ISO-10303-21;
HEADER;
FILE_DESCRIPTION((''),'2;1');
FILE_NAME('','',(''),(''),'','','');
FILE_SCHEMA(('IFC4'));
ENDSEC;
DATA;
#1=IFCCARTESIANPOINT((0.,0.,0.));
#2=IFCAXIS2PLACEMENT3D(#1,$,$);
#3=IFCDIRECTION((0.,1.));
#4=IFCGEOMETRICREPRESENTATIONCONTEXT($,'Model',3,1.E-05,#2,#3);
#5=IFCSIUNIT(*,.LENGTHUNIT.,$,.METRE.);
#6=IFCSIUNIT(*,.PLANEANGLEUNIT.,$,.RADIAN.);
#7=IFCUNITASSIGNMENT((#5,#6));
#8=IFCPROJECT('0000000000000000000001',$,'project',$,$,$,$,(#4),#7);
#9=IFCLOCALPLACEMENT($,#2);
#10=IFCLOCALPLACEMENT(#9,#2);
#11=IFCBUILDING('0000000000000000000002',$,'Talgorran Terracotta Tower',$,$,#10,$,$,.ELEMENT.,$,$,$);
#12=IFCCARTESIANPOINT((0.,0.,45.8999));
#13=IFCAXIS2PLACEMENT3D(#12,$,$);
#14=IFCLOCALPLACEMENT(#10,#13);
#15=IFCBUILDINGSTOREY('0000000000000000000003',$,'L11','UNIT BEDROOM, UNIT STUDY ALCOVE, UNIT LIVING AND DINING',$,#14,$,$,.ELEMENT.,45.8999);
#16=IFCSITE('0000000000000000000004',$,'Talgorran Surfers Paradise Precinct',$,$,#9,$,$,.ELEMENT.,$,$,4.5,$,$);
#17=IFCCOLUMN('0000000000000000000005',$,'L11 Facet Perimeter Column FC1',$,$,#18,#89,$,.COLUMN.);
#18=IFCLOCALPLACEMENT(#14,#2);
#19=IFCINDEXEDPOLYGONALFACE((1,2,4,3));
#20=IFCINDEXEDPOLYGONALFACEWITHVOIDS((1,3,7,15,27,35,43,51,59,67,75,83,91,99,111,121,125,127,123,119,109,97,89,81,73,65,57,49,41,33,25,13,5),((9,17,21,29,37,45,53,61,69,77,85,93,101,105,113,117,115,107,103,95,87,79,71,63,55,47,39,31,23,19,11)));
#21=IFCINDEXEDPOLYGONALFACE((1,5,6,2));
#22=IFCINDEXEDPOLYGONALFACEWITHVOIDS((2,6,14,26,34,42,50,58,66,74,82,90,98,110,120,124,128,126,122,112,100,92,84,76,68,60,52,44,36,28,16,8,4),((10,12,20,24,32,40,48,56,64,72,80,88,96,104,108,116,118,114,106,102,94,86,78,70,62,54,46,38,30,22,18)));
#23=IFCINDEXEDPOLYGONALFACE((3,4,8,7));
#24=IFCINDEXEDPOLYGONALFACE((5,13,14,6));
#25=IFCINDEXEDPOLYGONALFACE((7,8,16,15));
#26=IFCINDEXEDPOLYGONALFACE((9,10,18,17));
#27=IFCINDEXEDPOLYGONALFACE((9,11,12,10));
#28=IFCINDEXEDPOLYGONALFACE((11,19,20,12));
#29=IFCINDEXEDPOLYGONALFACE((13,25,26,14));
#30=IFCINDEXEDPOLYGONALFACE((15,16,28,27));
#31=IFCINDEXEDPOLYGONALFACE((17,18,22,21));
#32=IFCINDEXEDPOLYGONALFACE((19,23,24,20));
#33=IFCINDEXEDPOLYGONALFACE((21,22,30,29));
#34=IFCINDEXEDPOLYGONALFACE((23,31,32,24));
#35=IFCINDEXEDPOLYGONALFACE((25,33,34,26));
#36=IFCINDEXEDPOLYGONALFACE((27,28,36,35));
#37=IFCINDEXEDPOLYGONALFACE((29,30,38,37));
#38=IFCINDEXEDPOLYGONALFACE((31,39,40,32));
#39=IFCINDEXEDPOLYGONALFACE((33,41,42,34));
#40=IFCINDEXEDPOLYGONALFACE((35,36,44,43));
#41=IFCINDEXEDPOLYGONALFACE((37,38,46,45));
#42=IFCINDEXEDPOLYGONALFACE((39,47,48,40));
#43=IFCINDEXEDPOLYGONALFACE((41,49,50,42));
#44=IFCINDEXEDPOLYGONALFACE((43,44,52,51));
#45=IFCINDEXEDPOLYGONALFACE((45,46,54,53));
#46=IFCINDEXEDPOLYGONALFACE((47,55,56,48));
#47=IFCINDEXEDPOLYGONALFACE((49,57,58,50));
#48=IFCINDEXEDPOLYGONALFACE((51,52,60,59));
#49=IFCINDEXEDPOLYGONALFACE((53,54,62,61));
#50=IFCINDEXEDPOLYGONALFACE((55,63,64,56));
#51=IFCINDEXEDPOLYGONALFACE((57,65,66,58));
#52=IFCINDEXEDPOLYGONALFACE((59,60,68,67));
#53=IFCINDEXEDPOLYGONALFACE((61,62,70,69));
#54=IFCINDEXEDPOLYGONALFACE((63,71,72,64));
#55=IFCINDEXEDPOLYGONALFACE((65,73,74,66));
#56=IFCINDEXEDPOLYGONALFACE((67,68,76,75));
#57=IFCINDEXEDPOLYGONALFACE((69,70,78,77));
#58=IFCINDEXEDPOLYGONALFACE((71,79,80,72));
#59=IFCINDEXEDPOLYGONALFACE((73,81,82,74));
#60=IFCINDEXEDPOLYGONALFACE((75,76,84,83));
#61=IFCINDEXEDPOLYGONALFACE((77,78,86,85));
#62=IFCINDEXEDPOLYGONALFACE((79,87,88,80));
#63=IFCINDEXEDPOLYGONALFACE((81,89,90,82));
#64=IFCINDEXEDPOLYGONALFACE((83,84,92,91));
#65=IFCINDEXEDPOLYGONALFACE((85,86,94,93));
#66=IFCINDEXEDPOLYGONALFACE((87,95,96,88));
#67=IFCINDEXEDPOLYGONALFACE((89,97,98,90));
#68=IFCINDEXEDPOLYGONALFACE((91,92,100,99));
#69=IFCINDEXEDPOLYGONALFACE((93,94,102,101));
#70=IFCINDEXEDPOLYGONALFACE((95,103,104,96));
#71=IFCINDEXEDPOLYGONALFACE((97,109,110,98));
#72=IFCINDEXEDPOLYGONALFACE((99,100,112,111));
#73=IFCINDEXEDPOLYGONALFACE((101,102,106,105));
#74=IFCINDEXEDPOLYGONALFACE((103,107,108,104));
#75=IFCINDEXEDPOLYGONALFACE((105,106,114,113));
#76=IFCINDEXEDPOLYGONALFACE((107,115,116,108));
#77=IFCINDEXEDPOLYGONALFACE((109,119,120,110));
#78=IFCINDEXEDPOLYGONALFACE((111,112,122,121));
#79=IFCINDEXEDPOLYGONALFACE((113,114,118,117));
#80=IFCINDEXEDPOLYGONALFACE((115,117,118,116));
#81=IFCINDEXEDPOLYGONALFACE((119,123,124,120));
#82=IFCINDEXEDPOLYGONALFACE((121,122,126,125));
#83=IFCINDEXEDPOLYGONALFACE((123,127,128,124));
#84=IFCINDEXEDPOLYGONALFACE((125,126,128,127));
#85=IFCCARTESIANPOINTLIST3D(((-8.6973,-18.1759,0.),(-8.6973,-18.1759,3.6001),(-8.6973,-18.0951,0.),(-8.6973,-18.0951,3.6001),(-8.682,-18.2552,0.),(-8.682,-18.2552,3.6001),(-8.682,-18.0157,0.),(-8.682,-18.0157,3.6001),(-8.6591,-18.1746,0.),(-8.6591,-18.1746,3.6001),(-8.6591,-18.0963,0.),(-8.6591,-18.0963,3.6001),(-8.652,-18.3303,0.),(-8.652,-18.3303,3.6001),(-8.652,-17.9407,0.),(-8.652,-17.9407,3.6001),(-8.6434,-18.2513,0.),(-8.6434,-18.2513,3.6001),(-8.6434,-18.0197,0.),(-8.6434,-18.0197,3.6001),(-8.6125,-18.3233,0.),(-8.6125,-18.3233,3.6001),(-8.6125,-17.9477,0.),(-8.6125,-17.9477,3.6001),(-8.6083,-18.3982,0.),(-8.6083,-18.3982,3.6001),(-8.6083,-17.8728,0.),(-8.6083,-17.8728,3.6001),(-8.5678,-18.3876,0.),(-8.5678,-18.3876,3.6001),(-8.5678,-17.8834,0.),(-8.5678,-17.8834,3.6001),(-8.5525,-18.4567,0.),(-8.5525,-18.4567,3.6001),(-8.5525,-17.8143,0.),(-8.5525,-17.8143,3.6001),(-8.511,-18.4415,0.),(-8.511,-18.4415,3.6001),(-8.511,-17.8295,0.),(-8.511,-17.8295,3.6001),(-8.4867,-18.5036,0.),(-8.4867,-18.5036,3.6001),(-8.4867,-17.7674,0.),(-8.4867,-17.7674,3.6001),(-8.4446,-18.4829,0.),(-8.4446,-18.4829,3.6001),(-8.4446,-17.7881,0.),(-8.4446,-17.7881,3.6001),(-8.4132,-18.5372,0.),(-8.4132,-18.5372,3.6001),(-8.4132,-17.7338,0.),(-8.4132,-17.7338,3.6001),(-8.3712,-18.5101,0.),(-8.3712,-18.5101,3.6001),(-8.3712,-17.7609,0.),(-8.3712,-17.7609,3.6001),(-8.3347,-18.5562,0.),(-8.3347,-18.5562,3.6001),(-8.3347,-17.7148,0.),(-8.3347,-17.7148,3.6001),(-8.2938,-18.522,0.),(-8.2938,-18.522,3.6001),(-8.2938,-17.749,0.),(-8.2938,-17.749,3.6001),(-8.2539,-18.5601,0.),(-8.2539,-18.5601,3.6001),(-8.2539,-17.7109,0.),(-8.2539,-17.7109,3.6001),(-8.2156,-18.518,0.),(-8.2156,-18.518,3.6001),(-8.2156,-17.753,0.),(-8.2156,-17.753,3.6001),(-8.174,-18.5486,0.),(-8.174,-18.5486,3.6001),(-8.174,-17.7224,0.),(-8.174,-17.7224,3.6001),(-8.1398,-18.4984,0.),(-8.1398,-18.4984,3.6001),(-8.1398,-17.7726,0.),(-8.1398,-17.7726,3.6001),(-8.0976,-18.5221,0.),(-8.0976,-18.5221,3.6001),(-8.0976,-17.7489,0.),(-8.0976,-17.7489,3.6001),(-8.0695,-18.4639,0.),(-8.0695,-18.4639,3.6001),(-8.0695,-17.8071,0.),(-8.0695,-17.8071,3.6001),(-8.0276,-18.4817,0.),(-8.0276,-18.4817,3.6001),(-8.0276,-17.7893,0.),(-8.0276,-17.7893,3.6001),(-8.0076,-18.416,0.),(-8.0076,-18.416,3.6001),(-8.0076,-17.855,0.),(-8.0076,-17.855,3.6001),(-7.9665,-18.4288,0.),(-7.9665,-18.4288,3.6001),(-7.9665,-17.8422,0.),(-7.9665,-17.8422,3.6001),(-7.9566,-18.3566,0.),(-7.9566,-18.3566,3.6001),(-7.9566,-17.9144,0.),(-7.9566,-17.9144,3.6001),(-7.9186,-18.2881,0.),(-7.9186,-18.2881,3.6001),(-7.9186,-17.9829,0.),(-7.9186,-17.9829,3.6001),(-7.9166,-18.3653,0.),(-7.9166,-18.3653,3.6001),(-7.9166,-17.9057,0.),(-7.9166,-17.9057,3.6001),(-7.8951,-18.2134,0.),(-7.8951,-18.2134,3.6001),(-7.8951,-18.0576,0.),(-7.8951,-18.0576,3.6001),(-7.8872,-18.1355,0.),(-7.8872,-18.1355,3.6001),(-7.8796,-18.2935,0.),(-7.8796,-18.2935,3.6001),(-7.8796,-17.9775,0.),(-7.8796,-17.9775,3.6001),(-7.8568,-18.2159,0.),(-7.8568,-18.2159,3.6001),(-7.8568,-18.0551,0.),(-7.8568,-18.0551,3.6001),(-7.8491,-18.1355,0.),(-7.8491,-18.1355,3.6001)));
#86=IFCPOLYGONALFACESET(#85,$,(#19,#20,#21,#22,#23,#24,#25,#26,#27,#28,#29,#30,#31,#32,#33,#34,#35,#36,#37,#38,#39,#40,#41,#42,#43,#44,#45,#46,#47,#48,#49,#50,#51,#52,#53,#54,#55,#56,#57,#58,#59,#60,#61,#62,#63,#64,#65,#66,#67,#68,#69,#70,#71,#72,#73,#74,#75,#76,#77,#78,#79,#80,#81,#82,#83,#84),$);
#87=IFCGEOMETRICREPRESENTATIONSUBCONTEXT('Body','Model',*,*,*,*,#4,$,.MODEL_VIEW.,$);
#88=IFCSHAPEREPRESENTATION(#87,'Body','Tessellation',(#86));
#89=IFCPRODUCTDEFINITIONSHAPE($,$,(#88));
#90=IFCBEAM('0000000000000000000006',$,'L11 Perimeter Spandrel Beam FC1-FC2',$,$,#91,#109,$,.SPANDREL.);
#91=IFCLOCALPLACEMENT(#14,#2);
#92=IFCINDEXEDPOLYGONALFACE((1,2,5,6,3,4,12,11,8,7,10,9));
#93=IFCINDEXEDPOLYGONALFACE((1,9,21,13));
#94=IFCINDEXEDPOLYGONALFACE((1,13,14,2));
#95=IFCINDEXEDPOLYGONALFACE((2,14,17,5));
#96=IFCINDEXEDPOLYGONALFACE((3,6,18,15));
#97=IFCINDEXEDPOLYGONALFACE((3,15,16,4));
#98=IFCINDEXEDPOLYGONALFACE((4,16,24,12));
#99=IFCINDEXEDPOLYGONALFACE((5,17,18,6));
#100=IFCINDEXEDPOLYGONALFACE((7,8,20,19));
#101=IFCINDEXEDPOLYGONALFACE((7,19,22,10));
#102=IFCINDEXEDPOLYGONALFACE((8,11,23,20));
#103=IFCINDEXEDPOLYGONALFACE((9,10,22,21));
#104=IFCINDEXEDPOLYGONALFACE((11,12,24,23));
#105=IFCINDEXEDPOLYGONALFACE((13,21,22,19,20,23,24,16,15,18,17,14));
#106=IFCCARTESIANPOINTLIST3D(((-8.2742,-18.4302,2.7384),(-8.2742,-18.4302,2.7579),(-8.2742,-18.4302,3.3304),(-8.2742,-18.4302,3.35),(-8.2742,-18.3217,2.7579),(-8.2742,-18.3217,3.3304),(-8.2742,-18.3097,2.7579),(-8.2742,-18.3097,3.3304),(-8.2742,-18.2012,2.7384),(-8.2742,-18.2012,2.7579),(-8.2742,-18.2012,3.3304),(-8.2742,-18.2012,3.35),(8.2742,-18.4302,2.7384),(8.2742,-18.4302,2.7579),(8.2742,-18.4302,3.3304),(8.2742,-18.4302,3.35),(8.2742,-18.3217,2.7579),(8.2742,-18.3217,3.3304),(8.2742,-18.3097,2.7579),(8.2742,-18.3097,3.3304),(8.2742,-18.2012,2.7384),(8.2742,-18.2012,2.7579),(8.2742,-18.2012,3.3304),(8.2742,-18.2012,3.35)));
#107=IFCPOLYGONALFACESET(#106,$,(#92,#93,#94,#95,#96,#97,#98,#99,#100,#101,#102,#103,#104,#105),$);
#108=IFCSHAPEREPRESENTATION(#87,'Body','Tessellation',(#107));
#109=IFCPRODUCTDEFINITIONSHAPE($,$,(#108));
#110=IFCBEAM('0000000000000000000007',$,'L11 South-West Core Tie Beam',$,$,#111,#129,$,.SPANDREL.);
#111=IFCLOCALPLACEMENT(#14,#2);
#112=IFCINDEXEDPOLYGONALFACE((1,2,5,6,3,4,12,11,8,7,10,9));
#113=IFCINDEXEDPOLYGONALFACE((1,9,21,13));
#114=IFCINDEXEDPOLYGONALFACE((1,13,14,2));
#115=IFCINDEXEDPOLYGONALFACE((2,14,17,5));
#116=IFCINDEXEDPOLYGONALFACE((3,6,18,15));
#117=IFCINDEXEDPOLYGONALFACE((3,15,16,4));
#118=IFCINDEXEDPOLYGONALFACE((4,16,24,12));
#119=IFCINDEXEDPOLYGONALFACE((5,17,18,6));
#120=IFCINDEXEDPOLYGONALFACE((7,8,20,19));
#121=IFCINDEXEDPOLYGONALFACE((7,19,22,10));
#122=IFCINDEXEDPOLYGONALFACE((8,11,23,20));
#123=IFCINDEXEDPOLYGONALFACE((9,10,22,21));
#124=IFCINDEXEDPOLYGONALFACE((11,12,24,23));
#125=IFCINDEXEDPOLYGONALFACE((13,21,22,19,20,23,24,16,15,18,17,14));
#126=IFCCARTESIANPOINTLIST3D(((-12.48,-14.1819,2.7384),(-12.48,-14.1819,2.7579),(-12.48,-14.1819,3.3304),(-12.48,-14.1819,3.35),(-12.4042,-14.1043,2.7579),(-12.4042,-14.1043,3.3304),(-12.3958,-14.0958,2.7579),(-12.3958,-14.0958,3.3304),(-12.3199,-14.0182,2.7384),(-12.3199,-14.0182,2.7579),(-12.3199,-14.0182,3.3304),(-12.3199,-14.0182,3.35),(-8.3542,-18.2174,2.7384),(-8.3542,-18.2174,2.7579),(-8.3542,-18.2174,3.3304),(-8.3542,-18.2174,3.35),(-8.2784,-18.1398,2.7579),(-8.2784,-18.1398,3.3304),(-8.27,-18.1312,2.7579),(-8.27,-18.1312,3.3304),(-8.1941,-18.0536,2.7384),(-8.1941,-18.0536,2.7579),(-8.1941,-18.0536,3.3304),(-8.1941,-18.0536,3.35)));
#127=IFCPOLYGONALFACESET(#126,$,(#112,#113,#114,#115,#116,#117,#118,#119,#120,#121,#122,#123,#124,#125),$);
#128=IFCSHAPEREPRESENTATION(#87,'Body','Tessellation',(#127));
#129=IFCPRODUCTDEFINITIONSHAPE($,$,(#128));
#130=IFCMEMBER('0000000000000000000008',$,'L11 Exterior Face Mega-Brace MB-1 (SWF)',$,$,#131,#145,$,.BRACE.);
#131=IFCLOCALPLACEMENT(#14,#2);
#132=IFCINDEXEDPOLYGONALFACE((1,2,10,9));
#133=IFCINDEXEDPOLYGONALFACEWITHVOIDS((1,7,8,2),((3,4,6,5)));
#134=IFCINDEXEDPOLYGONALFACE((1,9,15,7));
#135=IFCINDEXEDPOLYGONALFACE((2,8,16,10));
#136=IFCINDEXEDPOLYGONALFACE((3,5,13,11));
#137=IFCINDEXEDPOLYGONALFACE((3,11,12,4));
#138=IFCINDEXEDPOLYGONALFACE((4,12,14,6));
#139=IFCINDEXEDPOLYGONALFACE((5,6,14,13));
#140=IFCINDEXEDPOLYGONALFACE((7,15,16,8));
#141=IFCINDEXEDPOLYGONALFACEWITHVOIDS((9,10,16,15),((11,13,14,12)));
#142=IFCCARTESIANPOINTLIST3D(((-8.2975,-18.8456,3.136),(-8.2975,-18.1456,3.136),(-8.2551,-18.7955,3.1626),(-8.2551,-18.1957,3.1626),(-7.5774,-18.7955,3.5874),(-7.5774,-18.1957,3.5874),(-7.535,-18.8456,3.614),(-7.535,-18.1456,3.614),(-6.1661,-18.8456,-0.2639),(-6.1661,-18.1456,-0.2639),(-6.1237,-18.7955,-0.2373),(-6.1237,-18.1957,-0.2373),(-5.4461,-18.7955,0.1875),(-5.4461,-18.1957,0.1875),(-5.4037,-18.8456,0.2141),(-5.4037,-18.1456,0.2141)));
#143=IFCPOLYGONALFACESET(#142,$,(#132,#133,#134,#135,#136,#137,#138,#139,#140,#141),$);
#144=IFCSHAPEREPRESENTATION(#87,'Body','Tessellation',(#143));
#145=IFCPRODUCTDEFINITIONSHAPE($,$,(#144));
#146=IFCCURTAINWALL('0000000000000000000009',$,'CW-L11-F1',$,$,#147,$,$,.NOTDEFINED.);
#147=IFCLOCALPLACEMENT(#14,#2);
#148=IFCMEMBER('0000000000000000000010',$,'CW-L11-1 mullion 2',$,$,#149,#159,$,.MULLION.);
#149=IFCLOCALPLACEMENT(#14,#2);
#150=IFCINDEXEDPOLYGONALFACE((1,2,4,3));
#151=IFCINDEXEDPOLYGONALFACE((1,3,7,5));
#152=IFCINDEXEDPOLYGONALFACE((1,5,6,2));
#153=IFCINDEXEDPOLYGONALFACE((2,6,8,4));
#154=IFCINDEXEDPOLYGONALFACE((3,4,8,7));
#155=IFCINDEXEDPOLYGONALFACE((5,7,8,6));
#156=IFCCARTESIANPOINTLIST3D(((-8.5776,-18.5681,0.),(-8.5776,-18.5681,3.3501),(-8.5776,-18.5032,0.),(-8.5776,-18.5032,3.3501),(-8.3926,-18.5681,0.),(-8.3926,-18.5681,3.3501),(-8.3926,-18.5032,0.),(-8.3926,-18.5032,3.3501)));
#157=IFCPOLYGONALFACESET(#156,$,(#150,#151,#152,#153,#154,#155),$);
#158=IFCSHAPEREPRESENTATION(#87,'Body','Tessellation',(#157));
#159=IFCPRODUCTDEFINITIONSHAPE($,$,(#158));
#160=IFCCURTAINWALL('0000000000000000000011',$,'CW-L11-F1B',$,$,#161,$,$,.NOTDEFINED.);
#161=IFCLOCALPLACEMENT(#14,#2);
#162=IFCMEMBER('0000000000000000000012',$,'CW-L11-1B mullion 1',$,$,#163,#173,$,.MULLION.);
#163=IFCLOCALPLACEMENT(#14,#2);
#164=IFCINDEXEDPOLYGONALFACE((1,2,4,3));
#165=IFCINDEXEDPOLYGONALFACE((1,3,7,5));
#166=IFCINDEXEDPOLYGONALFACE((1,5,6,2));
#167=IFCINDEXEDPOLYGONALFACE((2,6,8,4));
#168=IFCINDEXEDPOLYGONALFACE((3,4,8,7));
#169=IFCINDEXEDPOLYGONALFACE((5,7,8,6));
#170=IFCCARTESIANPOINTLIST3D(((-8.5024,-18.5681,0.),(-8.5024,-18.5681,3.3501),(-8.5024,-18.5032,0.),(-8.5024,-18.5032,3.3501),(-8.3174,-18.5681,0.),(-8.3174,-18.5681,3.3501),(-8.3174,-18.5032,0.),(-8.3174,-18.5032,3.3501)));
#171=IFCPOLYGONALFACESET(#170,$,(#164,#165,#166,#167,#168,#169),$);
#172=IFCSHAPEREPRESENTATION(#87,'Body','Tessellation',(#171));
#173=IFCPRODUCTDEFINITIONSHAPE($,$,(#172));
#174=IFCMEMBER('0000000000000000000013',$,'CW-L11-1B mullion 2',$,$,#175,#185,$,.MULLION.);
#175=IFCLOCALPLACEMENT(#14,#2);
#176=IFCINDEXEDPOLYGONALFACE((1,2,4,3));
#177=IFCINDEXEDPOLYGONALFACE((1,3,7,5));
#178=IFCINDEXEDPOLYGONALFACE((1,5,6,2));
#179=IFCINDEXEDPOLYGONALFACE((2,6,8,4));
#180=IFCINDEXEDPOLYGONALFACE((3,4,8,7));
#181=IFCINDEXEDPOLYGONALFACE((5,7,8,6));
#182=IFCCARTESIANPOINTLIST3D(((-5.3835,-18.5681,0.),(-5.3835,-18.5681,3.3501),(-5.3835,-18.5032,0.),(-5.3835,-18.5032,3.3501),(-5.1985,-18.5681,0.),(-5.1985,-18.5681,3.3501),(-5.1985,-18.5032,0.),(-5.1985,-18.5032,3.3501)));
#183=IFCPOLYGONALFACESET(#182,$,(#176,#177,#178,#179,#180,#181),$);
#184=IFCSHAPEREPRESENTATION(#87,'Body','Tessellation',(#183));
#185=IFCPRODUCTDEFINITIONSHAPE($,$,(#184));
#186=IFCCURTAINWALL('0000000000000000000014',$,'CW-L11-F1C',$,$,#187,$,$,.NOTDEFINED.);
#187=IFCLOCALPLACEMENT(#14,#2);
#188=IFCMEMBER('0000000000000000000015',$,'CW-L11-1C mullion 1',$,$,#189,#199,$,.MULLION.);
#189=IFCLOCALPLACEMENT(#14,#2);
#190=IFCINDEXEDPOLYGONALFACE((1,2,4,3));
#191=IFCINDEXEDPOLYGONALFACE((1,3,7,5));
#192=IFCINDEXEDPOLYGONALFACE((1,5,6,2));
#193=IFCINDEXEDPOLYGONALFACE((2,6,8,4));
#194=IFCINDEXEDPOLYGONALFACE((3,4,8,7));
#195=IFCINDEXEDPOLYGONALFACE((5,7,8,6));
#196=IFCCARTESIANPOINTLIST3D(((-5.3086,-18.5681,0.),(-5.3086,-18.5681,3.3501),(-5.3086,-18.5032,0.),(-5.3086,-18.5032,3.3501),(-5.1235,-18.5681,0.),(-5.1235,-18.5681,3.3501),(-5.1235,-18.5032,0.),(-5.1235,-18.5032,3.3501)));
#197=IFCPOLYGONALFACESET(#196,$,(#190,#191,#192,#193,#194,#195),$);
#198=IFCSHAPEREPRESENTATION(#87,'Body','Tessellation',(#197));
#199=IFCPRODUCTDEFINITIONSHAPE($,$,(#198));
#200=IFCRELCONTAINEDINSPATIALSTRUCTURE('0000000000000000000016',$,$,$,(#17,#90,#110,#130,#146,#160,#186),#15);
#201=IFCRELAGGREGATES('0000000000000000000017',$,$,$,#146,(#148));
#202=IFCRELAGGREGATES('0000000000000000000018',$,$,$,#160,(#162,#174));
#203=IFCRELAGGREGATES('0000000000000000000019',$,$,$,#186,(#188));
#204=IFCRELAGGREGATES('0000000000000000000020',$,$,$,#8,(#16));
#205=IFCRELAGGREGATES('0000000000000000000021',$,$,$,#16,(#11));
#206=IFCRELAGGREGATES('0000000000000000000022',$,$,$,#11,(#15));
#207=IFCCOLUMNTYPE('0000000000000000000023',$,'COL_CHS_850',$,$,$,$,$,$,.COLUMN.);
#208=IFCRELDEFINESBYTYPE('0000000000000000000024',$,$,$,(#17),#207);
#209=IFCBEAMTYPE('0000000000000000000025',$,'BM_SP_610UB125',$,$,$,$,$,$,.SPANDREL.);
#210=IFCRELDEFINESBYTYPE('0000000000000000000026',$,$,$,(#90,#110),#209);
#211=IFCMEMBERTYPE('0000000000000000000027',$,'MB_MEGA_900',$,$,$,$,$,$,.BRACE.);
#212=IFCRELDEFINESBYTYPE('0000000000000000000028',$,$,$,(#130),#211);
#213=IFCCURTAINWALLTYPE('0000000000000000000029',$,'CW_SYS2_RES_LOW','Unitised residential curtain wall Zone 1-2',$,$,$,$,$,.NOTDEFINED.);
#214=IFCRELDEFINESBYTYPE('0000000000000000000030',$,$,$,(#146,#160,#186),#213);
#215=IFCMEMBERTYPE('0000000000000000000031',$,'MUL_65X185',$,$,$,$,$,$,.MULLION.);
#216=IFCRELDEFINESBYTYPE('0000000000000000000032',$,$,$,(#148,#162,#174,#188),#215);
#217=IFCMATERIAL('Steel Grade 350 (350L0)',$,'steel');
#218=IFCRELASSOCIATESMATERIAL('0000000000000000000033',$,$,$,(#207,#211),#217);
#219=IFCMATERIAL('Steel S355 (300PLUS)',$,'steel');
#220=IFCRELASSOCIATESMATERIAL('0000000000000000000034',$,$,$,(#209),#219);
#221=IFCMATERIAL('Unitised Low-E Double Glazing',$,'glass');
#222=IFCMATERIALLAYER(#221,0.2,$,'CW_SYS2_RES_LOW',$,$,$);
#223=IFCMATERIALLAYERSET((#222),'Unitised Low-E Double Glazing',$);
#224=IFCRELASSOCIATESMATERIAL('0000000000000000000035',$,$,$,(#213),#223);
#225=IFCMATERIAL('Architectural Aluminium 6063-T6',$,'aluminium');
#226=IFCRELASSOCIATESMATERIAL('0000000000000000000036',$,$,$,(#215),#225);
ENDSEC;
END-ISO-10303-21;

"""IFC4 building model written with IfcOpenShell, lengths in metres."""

from ifc_helpers import new_model, si_unit, direction, frame, origin, origin_2d, place, context, subcontext, project, spatial, rectangle, hollow_rectangle, hollow_circle, i_section, extrude, material, layer, layer_set, material_profile, profile_set, type_object, element, aggregate, save


model = new_model("IFC4")

# Units and contexts
model_context = context("Model", 3, precision=1e-05, world=origin(), true_north=direction((0.0, 1.0)))
body_context = subcontext(model_context, "Body", "Model", "MODEL_VIEW")
ifc_project = project(units=[si_unit("LENGTHUNIT", "METRE"), si_unit("PLANEANGLEUNIT", "RADIAN")], contexts=[model_context])

# Site, building, storey
site_placement = place(None, origin())
site = spatial("IfcSite", under=ifc_project, at=site_placement, Name="Talgorran Surfers Paradise Precinct", CompositionType="ELEMENT", RefElevation=4.5)
building_placement = place(site_placement, origin())
building = spatial("IfcBuilding", under=site, at=building_placement, Name="Talgorran Terracotta Tower", CompositionType="ELEMENT")
storey_placement = place(building_placement, frame((0.0, 0.0, 45.8999)))
storey = spatial("IfcBuildingStorey", under=building, at=storey_placement, Name="L11", Description="UNIT BEDROOM, UNIT STUDY ALCOVE, UNIT LIVING AND DINING", CompositionType="ELEMENT", Elevation=45.8999)

# Column
ifc_material_1 = material(Name="Steel Grade 350 (350L0)", Category="steel")
ifc_material_profile_1 = material_profile(ifc_material_1, hollow_circle(Radius=0.425, WallThickness=0.0381, at=origin_2d()), Name="CHS850X38")
ifc_profile_set_1 = profile_set([ifc_material_profile_1], Name="Steel Grade 350 (350L0)")
column_type = type_object("IfcColumnType", Name="COL_CHS_850", PredefinedType="COLUMN", material=ifc_profile_set_1)
column_placement = place(storey_placement, frame((-8.2742, -18.1355, 0.0), z_axis=(0.0, 0.0, 1.0), x_axis=(1.0, 0.0, 0.0)))
element("IfcColumn", 1, at=column_placement, inside=storey, type_object=column_type, Name="L11 Facet Perimeter Column FC1", PredefinedType="COLUMN", context=body_context, shape_type="SweptSolid", body=[
    extrude(hollow_circle(Radius=0.425, WallThickness=0.0381, at=origin_2d()), origin(), (0.0, 0.0, 1.0), 3.6001),
])

# Beams
ifc_material_2 = material(Name="Steel S355 (300PLUS)", Category="steel")
ifc_material_profile_2 = material_profile(ifc_material_2, i_section(OverallWidth=0.229, OverallDepth=0.6116, WebThickness=0.012, FlangeThickness=0.0195, at=origin_2d()), Name="610UB125")
ifc_profile_set_2 = profile_set([ifc_material_profile_2], Name="Steel S355 (300PLUS)")
beam_type = type_object("IfcBeamType", Name="BM_SP_610UB125", PredefinedType="SPANDREL", material=ifc_profile_set_2)
beam_1_placement = place(storey_placement, frame((-8.2742, -18.3157, 3.0442), z_axis=(1.0, 0.0, 0.0), x_axis=(0.0, 1.0, 0.0)))
element("IfcBeam", 2, at=beam_1_placement, inside=storey, type_object=beam_type, Name="L11 Perimeter Spandrel Beam FC1-FC2", PredefinedType="SPANDREL", context=body_context, shape_type="SweptSolid", body=[
    extrude(i_section(OverallWidth=0.229, OverallDepth=0.6116, WebThickness=0.012, FlangeThickness=0.0195, at=origin_2d()), origin(), (0.0, 0.0, 1.0), 16.5483),
])
beam_2_placement = place(storey_placement, frame((-8.2742, -18.1355, 3.0442), z_axis=(-0.71489, 0.699237, 0.0), x_axis=(-0.699237, -0.71489, 0.0)))
element("IfcBeam", 3, at=beam_2_placement, inside=storey, type_object=beam_type, Name="L11 South-West Core Tie Beam", PredefinedType="SPANDREL", context=body_context, shape_type="SweptSolid", body=[
    extrude(i_section(OverallWidth=0.229, OverallDepth=0.6116, WebThickness=0.012, FlangeThickness=0.0195, at=origin_2d()), origin(), (0.0, 0.0, 1.0), 5.7712),
])

# Member
ifc_material_profile_3 = material_profile(ifc_material_1, hollow_rectangle(XDim=0.7, YDim=0.8999, WallThickness=0.05, at=origin_2d()), Name="WBOX900X700X50")
ifc_profile_set_3 = profile_set([ifc_material_profile_3], Name="Steel Grade 350 (350L0)")
member_type_1 = type_object("IfcMemberType", Name="MB_MEGA_900", PredefinedType="BRACE", material=ifc_profile_set_3)
member_1_placement = place(storey_placement, frame((-5.7849, -18.4956, -0.0249), z_axis=(-0.531147, 0.0, 0.84728), x_axis=(0.0, -1.0, 0.0)))
element("IfcMember", 4, at=member_1_placement, inside=storey, type_object=member_type_1, Name="L11 Exterior Face Mega-Brace MB-1 (SWF)", PredefinedType="BRACE", context=body_context, shape_type="SweptSolid", body=[
    extrude(hollow_rectangle(XDim=0.7, YDim=0.8999, WallThickness=0.05, at=origin_2d()), origin(), (0.0, 0.0, 1.0), 4.0127),
])

# Curtain wall, member
ifc_material_3 = material(Name="Unitised Low-E Double Glazing", Category="glass")
ifc_layer_1 = layer(ifc_material_3, 0.2, Name="CW_SYS2_RES_LOW")
ifc_layer_set_1 = layer_set([ifc_layer_1], Name="Unitised Low-E Double Glazing")
curtain_wall_type = type_object("IfcCurtainWallType", Name="CW_SYS2_RES_LOW", Description="Unitised residential curtain wall Zone 1-2", PredefinedType="NOTDEFINED", material=ifc_layer_set_1)
curtain_wall_1_placement = place(storey_placement, origin())
curtain_wall_1 = element("IfcCurtainWall", 5, at=curtain_wall_1_placement, inside=storey, type_object=curtain_wall_type, Name="CW-L11-F1", PredefinedType="NOTDEFINED")
ifc_material_4 = material(Name="Architectural Aluminium 6063-T6", Category="aluminium")
ifc_material_profile_4 = material_profile(ifc_material_4, rectangle(XDim=0.0649, YDim=0.1851, at=origin_2d()), Name="CWM65X185")
ifc_profile_set_4 = profile_set([ifc_material_profile_4], Name="Architectural Aluminium 6063-T6")
member_type_2 = type_object("IfcMemberType", Name="MUL_65X185", PredefinedType="MULLION", material=ifc_profile_set_4)
member_2_placement = place(storey_placement, frame((-8.4851, -18.5356, 0.0), z_axis=(0.0, 0.0, 1.0), x_axis=(0.0, 1.0, 0.0)))
member_2 = element("IfcMember", 6, at=member_2_placement, type_object=member_type_2, Name="CW-L11-1 mullion 2", PredefinedType="MULLION", context=body_context, shape_type="SweptSolid", body=[
    extrude(rectangle(XDim=0.0649, YDim=0.1851, at=origin_2d()), origin(), (0.0, 0.0, 1.0), 3.3501),
])

# Curtain walls, members
curtain_wall_2_placement = place(storey_placement, origin())
curtain_wall_2 = element("IfcCurtainWall", 7, at=curtain_wall_2_placement, inside=storey, type_object=curtain_wall_type, Name="CW-L11-F1B", PredefinedType="NOTDEFINED")
member_3_placement = place(storey_placement, frame((-8.4099, -18.5356, 0.0), z_axis=(0.0, 0.0, 1.0), x_axis=(0.0, 1.0, 0.0)))
member_3 = element("IfcMember", 8, at=member_3_placement, type_object=member_type_2, Name="CW-L11-1B mullion 1", PredefinedType="MULLION", context=body_context, shape_type="SweptSolid", body=[
    extrude(rectangle(XDim=0.0649, YDim=0.1851, at=origin_2d()), origin(), (0.0, 0.0, 1.0), 3.3501),
])
member_4_placement = place(storey_placement, frame((-5.291, -18.5356, 0.0), z_axis=(0.0, 0.0, 1.0), x_axis=(0.0, 1.0, 0.0)))
member_4 = element("IfcMember", 9, at=member_4_placement, type_object=member_type_2, Name="CW-L11-1B mullion 2", PredefinedType="MULLION", context=body_context, shape_type="SweptSolid", body=[
    extrude(rectangle(XDim=0.0649, YDim=0.1851, at=origin_2d()), origin(), (0.0, 0.0, 1.0), 3.3501),
])
curtain_wall_3_placement = place(storey_placement, origin())
curtain_wall_3 = element("IfcCurtainWall", 10, at=curtain_wall_3_placement, inside=storey, type_object=curtain_wall_type, Name="CW-L11-F1C", PredefinedType="NOTDEFINED")
member_5_placement = place(storey_placement, frame((-5.2161, -18.5356, 0.0), z_axis=(0.0, 0.0, 1.0), x_axis=(0.0, 1.0, 0.0)))
member_5 = element("IfcMember", 11, at=member_5_placement, type_object=member_type_2, Name="CW-L11-1C mullion 1", PredefinedType="MULLION", context=body_context, shape_type="SweptSolid", body=[
    extrude(rectangle(XDim=0.0649, YDim=0.1851, at=origin_2d()), origin(), (0.0, 0.0, 1.0), 3.3501),
])

aggregate(curtain_wall_1, [member_2])
aggregate(curtain_wall_2, [member_3, member_4])
aggregate(curtain_wall_3, [member_5])

save(model, "model.ifc")
